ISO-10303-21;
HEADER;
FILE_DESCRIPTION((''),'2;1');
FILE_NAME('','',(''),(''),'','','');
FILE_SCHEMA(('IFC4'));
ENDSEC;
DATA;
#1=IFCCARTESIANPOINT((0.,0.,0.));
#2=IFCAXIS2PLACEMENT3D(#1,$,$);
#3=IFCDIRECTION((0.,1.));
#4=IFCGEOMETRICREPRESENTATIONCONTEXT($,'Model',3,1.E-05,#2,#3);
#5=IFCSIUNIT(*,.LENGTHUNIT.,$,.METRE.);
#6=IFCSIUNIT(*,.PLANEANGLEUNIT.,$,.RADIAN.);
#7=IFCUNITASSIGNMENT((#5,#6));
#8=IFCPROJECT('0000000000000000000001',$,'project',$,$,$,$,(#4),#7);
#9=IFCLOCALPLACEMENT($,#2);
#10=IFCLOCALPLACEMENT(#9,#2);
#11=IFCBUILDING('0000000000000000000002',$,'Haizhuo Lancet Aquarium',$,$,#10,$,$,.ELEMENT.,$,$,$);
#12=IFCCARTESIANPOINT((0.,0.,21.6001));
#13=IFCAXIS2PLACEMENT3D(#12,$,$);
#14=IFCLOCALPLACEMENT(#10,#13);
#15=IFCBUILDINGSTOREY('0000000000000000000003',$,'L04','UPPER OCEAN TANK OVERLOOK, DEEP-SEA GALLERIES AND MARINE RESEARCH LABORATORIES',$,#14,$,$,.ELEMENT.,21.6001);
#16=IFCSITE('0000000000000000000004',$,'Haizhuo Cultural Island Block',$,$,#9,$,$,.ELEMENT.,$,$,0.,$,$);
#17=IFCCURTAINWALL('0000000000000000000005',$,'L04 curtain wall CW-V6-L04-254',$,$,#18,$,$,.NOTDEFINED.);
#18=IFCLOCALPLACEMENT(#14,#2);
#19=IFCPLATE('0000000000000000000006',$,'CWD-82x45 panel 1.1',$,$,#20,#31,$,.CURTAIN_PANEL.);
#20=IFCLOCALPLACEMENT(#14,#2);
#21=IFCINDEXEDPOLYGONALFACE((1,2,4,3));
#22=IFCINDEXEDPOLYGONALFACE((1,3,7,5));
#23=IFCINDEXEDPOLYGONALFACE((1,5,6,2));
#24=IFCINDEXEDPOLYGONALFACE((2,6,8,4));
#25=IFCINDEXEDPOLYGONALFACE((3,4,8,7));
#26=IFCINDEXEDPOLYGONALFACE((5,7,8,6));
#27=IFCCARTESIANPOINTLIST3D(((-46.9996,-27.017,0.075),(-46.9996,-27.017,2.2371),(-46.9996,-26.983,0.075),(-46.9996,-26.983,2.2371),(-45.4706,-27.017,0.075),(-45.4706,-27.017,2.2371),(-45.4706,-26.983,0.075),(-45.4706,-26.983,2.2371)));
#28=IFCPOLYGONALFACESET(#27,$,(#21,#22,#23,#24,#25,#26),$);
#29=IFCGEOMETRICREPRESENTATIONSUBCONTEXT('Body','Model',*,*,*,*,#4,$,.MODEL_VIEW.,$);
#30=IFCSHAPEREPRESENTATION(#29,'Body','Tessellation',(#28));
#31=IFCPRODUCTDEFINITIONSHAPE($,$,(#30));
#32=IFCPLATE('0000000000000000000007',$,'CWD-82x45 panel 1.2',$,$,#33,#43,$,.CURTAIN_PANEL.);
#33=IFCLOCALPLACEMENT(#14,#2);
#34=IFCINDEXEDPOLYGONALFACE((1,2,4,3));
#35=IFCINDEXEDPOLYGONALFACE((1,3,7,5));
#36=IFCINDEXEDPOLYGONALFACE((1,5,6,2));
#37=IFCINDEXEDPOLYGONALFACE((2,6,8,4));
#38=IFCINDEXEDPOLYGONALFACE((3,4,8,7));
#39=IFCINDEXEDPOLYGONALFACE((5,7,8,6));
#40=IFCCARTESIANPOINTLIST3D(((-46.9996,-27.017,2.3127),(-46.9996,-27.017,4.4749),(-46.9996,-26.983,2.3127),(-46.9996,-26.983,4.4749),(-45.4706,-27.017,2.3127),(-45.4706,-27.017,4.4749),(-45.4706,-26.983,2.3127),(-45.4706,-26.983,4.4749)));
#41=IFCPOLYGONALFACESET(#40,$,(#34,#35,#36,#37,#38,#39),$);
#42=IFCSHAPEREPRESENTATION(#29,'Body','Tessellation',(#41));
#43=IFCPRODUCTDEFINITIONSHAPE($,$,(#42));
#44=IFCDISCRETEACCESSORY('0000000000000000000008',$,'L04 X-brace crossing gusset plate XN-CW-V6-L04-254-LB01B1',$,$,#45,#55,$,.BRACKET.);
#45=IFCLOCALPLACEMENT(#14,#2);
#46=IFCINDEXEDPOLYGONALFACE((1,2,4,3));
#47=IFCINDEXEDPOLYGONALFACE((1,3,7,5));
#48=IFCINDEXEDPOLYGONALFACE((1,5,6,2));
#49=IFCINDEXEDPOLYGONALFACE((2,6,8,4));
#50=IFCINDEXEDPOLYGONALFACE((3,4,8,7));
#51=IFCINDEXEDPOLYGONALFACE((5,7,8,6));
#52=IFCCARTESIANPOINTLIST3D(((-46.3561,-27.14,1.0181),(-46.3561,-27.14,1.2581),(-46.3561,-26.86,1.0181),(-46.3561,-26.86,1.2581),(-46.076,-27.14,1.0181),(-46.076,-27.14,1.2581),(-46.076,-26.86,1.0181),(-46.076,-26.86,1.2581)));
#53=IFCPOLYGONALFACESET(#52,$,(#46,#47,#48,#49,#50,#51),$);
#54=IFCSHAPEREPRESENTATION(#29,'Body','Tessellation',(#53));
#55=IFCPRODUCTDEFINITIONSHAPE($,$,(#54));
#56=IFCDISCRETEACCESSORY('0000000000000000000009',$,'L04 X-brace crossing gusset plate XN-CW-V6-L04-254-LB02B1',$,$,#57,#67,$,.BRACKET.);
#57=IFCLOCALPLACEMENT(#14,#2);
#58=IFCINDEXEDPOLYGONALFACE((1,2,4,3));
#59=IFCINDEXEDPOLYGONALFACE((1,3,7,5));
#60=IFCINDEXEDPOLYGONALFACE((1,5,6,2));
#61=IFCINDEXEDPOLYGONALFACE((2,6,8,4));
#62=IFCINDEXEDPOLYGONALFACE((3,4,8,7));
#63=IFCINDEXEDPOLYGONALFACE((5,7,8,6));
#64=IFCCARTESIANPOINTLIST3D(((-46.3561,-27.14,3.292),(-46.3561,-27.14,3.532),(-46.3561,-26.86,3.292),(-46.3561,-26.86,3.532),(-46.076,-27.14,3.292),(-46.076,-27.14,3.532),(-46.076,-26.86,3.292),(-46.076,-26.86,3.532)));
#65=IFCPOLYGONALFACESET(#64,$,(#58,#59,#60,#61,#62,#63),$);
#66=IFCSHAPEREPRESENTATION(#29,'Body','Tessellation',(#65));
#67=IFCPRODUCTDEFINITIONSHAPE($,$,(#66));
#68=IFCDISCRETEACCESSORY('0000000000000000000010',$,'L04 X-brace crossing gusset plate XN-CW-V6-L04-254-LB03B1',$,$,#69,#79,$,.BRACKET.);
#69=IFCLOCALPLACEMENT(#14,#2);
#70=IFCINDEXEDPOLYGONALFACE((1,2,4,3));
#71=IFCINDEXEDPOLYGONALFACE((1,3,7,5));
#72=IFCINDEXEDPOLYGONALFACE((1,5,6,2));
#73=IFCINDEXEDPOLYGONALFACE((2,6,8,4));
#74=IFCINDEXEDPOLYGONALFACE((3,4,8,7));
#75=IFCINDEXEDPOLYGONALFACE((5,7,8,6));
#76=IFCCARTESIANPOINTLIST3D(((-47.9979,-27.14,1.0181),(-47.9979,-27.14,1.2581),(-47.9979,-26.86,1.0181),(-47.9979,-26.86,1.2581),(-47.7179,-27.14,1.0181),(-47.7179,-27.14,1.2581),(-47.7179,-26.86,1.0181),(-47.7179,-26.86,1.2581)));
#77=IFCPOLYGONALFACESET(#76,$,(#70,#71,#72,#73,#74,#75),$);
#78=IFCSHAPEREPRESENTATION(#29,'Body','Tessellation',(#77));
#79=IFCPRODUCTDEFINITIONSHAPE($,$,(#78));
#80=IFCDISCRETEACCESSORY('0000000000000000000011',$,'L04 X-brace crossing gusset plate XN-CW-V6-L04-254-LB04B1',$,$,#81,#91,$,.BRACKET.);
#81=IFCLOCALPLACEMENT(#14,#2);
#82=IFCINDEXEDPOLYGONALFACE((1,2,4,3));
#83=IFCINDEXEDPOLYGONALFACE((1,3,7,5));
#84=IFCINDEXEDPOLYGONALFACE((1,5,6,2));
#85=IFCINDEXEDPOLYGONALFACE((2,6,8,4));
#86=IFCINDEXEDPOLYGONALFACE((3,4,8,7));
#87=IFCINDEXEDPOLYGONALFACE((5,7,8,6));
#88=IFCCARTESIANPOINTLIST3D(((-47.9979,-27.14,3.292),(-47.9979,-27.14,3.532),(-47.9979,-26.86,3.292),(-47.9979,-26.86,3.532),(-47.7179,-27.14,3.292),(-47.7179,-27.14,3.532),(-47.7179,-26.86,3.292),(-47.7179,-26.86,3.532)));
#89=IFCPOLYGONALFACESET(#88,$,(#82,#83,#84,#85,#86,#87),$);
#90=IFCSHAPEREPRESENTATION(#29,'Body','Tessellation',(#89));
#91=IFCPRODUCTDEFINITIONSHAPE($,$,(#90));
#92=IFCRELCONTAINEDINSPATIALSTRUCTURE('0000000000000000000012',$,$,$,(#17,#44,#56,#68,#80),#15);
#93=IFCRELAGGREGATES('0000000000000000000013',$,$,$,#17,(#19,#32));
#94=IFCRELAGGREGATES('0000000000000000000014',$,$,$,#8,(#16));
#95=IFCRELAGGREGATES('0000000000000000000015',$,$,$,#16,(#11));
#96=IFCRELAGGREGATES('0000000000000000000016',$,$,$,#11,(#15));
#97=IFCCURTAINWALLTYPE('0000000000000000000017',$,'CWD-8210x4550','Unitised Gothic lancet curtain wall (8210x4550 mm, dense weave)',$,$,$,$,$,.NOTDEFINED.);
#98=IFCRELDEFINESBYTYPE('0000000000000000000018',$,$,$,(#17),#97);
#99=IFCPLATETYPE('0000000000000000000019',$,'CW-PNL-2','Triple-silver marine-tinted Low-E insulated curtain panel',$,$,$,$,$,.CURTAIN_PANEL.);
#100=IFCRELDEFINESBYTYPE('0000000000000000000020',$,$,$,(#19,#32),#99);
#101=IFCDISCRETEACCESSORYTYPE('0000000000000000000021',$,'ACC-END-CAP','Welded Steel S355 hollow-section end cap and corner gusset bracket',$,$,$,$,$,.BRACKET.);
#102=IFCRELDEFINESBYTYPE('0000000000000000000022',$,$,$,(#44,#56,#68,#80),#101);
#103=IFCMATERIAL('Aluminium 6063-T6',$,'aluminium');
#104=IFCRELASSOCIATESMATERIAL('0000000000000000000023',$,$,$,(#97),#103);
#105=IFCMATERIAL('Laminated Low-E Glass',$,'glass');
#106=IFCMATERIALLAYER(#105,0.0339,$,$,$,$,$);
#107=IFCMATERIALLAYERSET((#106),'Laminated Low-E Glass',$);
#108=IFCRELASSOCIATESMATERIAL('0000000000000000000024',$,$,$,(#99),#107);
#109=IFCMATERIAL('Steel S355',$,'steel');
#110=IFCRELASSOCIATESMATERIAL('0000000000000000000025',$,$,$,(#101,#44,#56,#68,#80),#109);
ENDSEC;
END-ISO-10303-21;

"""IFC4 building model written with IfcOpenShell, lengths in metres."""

from ifc_helpers import new_model, si_unit, direction, frame, origin, origin_2d, place, context, subcontext, project, spatial, rectangle, extrude, material, layer, layer_set, type_object, element, aggregate, save


model = new_model("IFC4")

# Units and contexts
model_context = context("Model", 3, precision=1e-05, world=origin(), true_north=direction((0.0, 1.0)))
body_context = subcontext(model_context, "Body", "Model", "MODEL_VIEW")
ifc_project = project(units=[si_unit("LENGTHUNIT", "METRE"), si_unit("PLANEANGLEUNIT", "RADIAN")], contexts=[model_context])

# Site, building, storey
site_placement = place(None, origin())
site = spatial("IfcSite", under=ifc_project, at=site_placement, Name="Haizhuo Cultural Island Block", CompositionType="ELEMENT", RefElevation=0.0)
building_placement = place(site_placement, origin())
building = spatial("IfcBuilding", under=site, at=building_placement, Name="Haizhuo Lancet Aquarium", CompositionType="ELEMENT")
storey_placement = place(building_placement, frame((0.0, 0.0, 21.6001)))
storey = spatial("IfcBuildingStorey", under=building, at=storey_placement, Name="L04", Description="UPPER OCEAN TANK OVERLOOK, DEEP-SEA GALLERIES AND MARINE RESEARCH LABORATORIES", CompositionType="ELEMENT", Elevation=21.6001)

# Shared definitions
ifc_material_1 = material(Name="Steel S355", Category="steel")

# Curtain wall
ifc_material_2 = material(Name="Aluminium 6063-T6", Category="aluminium")
curtain_wall_type = type_object("IfcCurtainWallType", Name="CWD-8210x4550", Description="Unitised Gothic lancet curtain wall (8210x4550 mm, dense weave)", PredefinedType="NOTDEFINED", material=ifc_material_2)
curtain_wall_placement = place(storey_placement, origin())
curtain_wall = element("IfcCurtainWall", 1, at=curtain_wall_placement, inside=storey, type_object=curtain_wall_type, Name="L04 curtain wall CW-V6-L04-254", PredefinedType="NOTDEFINED")

# Plates
ifc_material_3 = material(Name="Laminated Low-E Glass", Category="glass")
ifc_layer = layer(ifc_material_3, 0.0339)
ifc_layer_set = layer_set([ifc_layer], Name="Laminated Low-E Glass")
plate_type = type_object("IfcPlateType", Name="CW-PNL-2", Description="Triple-silver marine-tinted Low-E insulated curtain panel", PredefinedType="CURTAIN_PANEL", material=ifc_layer_set)
plate_1_placement = place(storey_placement, frame((-46.2351, -27.0, 0.075), z_axis=(0.0, 0.0, 1.0), x_axis=(-1.0, 0.0, 0.0)))
plate_1 = element("IfcPlate", 2, at=plate_1_placement, type_object=plate_type, Name="CWD-82x45 panel 1.1", PredefinedType="CURTAIN_PANEL", context=body_context, shape_type="SweptSolid", body=[
    extrude(rectangle(XDim=1.5291, YDim=0.0339, at=origin_2d()), origin(), (0.0, 0.0, 1.0), 2.1621),
])
plate_2_placement = place(storey_placement, frame((-46.2351, -27.0, 2.3127), z_axis=(0.0, 0.0, 1.0), x_axis=(-1.0, 0.0, 0.0)))
plate_2 = element("IfcPlate", 3, at=plate_2_placement, type_object=plate_type, Name="CWD-82x45 panel 1.2", PredefinedType="CURTAIN_PANEL", context=body_context, shape_type="SweptSolid", body=[
    extrude(rectangle(XDim=1.5291, YDim=0.0339, at=origin_2d()), origin(), (0.0, 0.0, 1.0), 2.1621),
])
aggregate(curtain_wall, [plate_1, plate_2])

# Discrete accessories
discrete_accessory_type = type_object("IfcDiscreteAccessoryType", Name="ACC-END-CAP", Description="Welded Steel S355 hollow-section end cap and corner gusset bracket", PredefinedType="BRACKET", material=ifc_material_1)
for number, where, z_axis, x_axis, name in (
    (4, (-46.2161, -27.0, 1.0181), (0.0, 0.0, 1.0), (1.0, 0.0, 0.0), "L04 X-brace crossing gusset plate XN-CW-V6-L04-254-LB01B1"),
    (5, (-46.2161, -27.0, 3.292), (0.0, 0.0, 1.0), (1.0, 0.0, 0.0), "L04 X-brace crossing gusset plate XN-CW-V6-L04-254-LB02B1"),
    (6, (-47.8579, -27.0, 1.0181), (0.0, 0.0, 1.0), (1.0, 0.0, 0.0), "L04 X-brace crossing gusset plate XN-CW-V6-L04-254-LB03B1"),
    (7, (-47.8579, -27.0, 3.292), (0.0, 0.0, 1.0), (1.0, 0.0, 0.0), "L04 X-brace crossing gusset plate XN-CW-V6-L04-254-LB04B1"),
):
    element("IfcDiscreteAccessory", number, at=place(storey_placement, frame(where, z_axis=z_axis, x_axis=x_axis)), inside=storey, type_object=discrete_accessory_type, material=ifc_material_1, Name=name, PredefinedType="BRACKET", context=body_context, shape_type="SweptSolid", body=[
        extrude(rectangle(XDim=0.28, YDim=0.28, at=origin_2d()), origin(), (0.0, 0.0, 1.0), 0.24),
    ])

save(model, "model.ifc")
